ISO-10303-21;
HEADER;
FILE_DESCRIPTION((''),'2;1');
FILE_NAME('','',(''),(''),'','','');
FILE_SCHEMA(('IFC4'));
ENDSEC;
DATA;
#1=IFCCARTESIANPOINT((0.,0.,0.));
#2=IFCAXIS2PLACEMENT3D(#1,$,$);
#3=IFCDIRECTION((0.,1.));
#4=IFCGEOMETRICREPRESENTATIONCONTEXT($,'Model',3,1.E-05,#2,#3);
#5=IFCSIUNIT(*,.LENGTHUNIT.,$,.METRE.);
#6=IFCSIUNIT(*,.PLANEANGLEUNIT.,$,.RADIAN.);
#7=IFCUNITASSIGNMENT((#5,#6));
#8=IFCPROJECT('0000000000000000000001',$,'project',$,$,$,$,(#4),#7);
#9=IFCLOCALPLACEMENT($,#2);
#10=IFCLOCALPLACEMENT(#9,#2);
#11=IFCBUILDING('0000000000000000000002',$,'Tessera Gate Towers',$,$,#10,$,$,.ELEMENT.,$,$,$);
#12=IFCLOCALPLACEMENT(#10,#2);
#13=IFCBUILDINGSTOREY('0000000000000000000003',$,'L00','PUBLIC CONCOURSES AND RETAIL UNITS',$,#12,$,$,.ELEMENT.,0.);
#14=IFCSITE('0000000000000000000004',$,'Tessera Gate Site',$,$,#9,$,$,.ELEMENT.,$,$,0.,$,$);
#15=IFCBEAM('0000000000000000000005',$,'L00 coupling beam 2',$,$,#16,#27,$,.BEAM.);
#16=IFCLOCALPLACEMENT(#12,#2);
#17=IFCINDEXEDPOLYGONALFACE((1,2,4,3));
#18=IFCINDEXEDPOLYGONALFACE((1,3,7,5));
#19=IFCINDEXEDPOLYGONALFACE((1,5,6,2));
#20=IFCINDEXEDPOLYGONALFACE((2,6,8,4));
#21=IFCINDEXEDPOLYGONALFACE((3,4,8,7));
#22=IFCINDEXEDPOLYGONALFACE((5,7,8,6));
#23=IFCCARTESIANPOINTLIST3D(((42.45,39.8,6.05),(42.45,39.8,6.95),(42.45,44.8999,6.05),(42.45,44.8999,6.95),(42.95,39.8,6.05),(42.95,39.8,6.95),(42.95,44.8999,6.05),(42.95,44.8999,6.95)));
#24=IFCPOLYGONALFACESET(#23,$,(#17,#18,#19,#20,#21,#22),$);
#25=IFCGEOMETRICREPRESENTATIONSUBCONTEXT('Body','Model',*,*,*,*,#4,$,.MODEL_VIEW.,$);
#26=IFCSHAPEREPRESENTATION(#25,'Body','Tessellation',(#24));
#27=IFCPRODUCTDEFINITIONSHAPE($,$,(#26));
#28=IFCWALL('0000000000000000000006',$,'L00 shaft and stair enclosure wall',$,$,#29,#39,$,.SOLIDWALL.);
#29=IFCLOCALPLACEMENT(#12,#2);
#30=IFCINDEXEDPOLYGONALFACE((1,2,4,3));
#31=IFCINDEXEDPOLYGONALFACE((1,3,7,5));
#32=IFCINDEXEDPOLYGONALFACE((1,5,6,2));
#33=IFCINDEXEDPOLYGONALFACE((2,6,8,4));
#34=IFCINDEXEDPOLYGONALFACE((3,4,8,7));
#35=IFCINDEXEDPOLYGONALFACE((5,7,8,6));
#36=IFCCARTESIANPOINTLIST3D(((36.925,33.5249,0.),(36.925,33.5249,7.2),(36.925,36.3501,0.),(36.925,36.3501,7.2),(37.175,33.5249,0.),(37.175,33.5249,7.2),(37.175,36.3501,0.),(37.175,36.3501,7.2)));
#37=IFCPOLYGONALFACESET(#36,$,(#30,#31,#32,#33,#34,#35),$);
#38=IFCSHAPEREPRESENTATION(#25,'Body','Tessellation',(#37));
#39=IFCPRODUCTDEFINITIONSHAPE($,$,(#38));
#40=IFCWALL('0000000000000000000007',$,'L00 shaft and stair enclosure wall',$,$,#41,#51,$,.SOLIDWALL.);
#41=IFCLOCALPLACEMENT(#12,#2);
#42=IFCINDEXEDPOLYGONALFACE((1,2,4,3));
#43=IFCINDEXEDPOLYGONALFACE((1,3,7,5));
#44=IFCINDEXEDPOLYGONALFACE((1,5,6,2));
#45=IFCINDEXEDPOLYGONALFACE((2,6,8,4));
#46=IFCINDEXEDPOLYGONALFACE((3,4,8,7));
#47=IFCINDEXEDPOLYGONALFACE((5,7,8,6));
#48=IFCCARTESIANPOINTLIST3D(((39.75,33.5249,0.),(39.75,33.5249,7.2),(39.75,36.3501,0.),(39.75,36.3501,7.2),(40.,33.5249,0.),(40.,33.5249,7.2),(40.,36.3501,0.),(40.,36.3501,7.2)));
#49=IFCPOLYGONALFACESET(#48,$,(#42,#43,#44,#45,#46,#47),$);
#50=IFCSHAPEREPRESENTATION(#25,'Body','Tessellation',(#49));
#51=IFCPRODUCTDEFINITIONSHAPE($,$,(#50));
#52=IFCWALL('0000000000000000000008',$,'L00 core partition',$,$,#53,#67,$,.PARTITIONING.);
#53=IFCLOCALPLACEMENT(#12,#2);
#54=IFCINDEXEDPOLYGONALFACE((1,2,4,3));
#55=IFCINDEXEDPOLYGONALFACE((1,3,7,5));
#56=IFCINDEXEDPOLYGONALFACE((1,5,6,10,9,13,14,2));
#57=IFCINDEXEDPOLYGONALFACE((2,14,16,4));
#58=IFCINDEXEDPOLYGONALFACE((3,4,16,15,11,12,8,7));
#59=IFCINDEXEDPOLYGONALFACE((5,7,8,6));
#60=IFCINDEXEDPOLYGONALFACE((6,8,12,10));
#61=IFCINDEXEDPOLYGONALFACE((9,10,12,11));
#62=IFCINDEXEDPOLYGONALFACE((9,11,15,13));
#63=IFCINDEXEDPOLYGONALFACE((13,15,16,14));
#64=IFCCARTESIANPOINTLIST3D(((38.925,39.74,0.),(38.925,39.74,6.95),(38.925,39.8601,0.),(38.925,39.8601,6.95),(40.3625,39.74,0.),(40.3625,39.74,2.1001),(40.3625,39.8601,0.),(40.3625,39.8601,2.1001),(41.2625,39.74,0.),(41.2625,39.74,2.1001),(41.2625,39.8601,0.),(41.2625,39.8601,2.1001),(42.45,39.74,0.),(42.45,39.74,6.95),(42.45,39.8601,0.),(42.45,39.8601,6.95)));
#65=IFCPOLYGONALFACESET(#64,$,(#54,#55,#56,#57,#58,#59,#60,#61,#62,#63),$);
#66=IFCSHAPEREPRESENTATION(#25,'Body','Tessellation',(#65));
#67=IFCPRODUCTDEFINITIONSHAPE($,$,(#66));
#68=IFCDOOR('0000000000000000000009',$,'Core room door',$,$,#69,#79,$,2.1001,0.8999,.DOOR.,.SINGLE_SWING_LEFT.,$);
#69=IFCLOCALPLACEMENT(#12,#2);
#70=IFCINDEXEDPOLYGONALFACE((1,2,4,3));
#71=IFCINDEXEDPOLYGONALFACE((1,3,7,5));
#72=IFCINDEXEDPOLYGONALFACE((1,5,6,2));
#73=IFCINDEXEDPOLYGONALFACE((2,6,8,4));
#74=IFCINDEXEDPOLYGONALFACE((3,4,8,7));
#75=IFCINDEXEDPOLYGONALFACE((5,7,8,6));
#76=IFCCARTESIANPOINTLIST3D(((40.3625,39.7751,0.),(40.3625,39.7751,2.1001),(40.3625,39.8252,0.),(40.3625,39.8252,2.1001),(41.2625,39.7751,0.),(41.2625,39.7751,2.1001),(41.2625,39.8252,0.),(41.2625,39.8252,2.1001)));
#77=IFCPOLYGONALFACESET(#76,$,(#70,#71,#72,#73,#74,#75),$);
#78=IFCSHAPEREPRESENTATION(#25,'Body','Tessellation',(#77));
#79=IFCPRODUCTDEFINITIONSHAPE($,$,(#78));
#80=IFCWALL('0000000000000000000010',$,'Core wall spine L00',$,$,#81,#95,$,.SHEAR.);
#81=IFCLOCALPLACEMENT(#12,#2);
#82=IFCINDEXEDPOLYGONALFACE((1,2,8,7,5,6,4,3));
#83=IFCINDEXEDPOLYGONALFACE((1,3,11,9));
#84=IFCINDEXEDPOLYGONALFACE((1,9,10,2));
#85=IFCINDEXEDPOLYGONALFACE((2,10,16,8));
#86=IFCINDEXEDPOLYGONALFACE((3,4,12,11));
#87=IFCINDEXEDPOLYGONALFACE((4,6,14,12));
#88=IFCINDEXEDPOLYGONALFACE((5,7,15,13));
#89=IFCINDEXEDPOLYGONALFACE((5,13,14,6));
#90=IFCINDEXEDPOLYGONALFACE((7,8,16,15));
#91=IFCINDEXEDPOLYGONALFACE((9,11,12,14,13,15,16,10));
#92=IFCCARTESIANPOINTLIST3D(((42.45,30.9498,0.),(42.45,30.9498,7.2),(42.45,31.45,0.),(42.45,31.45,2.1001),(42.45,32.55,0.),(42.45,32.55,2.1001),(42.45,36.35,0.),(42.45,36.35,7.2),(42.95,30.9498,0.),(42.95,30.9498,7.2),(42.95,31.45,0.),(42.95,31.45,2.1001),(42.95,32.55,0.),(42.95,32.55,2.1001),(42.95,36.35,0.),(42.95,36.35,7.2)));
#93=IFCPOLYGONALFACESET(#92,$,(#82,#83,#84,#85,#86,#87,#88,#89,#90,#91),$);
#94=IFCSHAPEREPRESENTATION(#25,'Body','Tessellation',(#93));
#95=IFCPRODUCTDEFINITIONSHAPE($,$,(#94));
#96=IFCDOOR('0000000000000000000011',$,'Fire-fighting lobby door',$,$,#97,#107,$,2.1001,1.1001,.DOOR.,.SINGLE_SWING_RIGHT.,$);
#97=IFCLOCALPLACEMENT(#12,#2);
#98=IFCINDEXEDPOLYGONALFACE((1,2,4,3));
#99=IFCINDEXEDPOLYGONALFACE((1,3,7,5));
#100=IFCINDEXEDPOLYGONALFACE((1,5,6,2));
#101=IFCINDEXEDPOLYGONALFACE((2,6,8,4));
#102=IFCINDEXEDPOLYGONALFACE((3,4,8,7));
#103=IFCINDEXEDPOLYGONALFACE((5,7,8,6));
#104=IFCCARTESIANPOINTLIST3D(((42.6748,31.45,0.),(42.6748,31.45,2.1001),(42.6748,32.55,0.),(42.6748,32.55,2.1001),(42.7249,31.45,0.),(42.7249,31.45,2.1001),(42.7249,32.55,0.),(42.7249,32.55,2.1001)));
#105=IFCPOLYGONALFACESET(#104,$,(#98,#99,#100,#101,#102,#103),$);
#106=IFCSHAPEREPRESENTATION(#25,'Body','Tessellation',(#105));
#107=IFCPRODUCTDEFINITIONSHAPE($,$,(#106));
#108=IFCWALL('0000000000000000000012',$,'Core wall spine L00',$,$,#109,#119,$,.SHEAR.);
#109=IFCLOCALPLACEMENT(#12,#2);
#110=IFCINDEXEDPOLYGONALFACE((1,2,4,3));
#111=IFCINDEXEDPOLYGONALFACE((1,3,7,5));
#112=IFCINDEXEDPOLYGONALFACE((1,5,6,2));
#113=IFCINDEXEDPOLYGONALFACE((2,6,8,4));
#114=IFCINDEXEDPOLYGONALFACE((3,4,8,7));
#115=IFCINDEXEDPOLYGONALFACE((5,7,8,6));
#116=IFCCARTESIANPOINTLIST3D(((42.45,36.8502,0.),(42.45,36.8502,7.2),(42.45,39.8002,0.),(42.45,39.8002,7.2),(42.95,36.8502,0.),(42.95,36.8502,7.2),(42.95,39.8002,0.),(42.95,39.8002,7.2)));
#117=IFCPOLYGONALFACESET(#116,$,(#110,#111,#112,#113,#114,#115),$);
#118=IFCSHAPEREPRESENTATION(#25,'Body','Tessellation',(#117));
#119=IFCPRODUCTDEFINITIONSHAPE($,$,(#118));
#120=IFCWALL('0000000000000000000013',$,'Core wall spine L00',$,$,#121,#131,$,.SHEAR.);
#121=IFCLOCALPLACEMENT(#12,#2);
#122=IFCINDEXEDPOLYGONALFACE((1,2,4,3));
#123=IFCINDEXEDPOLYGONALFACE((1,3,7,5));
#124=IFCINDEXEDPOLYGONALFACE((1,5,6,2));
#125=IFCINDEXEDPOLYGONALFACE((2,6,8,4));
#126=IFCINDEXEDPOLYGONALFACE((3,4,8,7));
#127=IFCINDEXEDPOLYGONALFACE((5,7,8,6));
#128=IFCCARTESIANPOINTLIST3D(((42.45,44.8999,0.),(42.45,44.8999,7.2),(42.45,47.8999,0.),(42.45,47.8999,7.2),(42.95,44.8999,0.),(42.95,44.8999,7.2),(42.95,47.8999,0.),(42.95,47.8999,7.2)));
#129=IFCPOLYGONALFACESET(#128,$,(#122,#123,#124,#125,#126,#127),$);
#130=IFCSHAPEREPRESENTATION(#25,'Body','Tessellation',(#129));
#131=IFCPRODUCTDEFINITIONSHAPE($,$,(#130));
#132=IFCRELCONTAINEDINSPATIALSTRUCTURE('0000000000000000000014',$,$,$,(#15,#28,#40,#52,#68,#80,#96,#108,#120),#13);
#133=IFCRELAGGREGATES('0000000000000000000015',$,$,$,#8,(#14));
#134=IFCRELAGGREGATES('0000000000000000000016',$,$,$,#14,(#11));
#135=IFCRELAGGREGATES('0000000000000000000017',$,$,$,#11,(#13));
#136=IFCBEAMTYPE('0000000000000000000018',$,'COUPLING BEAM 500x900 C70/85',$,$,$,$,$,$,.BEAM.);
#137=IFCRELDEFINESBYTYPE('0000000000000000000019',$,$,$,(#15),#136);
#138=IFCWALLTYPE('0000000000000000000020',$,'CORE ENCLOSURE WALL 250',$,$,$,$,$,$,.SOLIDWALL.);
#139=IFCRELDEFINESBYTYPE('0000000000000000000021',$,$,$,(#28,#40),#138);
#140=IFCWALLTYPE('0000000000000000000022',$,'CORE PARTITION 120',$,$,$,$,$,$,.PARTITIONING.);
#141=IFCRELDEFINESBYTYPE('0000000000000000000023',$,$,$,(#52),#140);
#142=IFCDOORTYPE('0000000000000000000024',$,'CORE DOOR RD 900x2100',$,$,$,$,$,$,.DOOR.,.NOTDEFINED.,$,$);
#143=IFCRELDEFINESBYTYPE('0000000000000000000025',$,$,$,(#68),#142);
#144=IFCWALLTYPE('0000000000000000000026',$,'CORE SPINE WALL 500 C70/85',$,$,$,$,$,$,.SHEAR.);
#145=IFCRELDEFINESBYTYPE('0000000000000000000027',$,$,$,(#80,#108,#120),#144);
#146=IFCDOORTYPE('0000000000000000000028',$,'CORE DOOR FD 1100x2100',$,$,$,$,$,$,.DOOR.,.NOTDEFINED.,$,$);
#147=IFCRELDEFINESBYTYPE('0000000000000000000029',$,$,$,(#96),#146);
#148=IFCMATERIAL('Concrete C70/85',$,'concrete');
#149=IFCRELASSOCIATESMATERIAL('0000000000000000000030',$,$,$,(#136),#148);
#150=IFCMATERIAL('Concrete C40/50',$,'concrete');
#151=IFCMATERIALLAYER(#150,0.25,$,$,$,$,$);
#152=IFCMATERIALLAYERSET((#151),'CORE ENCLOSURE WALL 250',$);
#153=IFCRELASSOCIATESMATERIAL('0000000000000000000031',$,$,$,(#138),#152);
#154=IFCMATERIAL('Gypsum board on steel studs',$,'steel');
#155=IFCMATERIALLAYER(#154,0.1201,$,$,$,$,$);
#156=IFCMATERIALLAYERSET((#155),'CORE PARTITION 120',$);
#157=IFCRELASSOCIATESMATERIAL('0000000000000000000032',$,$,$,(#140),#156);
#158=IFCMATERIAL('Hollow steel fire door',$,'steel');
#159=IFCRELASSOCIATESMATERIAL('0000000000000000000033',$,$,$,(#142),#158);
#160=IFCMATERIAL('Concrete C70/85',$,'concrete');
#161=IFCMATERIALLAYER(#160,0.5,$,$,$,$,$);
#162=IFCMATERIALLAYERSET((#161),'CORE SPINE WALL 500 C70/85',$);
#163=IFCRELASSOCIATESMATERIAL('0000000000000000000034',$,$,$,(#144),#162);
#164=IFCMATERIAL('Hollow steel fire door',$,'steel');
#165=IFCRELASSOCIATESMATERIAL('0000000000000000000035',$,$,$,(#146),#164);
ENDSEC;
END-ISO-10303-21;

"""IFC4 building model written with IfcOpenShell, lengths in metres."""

from ifc_helpers import new_model, si_unit, direction, frame, frame_2d, origin, origin_2d, place, context, subcontext, project, spatial, rectangle, extrude, source, transform, mapped, material, layer, layer_set, material_profile, profile_set, type_object, element, fill, save


model = new_model("IFC4")

# Units and contexts
model_context = context("Model", 3, precision=1e-05, world=origin(), true_north=direction((0.0, 1.0)))
body_context = subcontext(model_context, "Body", "Model", "MODEL_VIEW")
ifc_project = project(units=[si_unit("LENGTHUNIT", "METRE"), si_unit("PLANEANGLEUNIT", "RADIAN")], contexts=[model_context])

# Site, building, storey
site_placement = place(None, origin())
site = spatial("IfcSite", under=ifc_project, at=site_placement, Name="Tessera Gate Site", CompositionType="ELEMENT", RefElevation=0.0)
building_placement = place(site_placement, origin())
building = spatial("IfcBuilding", under=site, at=building_placement, Name="Tessera Gate Towers", CompositionType="ELEMENT")
storey_placement = place(building_placement, origin())
storey = spatial("IfcBuildingStorey", under=building, at=storey_placement, Name="L00", Description="PUBLIC CONCOURSES AND RETAIL UNITS", CompositionType="ELEMENT", Elevation=0.0)

# Beam
ifc_material_1 = material(Name="Concrete C70/85", Category="concrete")
ifc_material_profile = material_profile(ifc_material_1, rectangle(XDim=0.5, YDim=0.8999, at=origin_2d()), Name="RC 500x900")
ifc_profile_set = profile_set([ifc_material_profile], Name="Concrete C70/85")
beam_type = type_object("IfcBeamType", Name="COUPLING BEAM 500x900 C70/85", PredefinedType="BEAM", material=ifc_profile_set)
beam_placement = place(storey_placement, frame((42.7, 39.8, 6.5), z_axis=(0.0, 1.0, 0.0), x_axis=(-1.0, 0.0, 0.0)))
element("IfcBeam", 1, at=beam_placement, inside=storey, type_object=beam_type, Name="L00 coupling beam 2", PredefinedType="BEAM", context=body_context, shape_type="SweptSolid", body=[
    extrude(rectangle(XDim=0.5, YDim=0.8999, at=origin_2d()), origin(), (0.0, 0.0, 1.0), 5.0999),
])

# Walls
ifc_material_2 = material(Name="Concrete C40/50", Category="concrete")
ifc_layer_1 = layer(ifc_material_2, 0.25)
ifc_layer_set_1 = layer_set([ifc_layer_1], Name="CORE ENCLOSURE WALL 250")
wall_type_1 = type_object("IfcWallType", Name="CORE ENCLOSURE WALL 250", PredefinedType="SOLIDWALL", material=ifc_layer_set_1)
for number, where, z_axis, x_axis, name in (
    (2, (37.05, 33.5249, 0.0), (0.0, 0.0, 1.0), (0.0, 1.0, 0.0), "L00 shaft and stair enclosure wall"),
    (3, (39.875, 33.5249, 0.0), (0.0, 0.0, 1.0), (0.0, 1.0, 0.0), "L00 shaft and stair enclosure wall"),
):
    element("IfcWall", number, at=place(storey_placement, frame(where, z_axis=z_axis, x_axis=x_axis)), inside=storey, type_object=wall_type_1, Name=name, PredefinedType="SOLIDWALL", context=body_context, shape_type="SweptSolid", body=[
        extrude(rectangle(XDim=2.8252, YDim=0.25, at=frame_2d((1.4126, 0.0))), origin(), (0.0, 0.0, 1.0), 7.2),
    ])

# Walls, openings, doors
ifc_material_3 = material(Name="Gypsum board on steel studs", Category="steel")
ifc_layer_2 = layer(ifc_material_3, 0.1201)
ifc_layer_set_2 = layer_set([ifc_layer_2], Name="CORE PARTITION 120")
wall_type_2 = type_object("IfcWallType", Name="CORE PARTITION 120", PredefinedType="PARTITIONING", material=ifc_layer_set_2)
wall_1_placement = place(storey_placement, frame((42.45, 39.8, 0.0), z_axis=(0.0, 0.0, 1.0), x_axis=(-1.0, 0.0, 0.0)))
wall_1 = element("IfcWall", 4, at=wall_1_placement, inside=storey, type_object=wall_type_2, Name="L00 core partition", PredefinedType="PARTITIONING", context=body_context, shape_type="SweptSolid", body=[
    extrude(rectangle(XDim=3.5249, YDim=0.1201, at=frame_2d((1.7625, 0.0))), origin(), (0.0, 0.0, 1.0), 6.95),
])
shared_shape_1 = source(origin(), body_context, "Body", "SweptSolid", [
    extrude(rectangle(XDim=0.8999, YDim=2.1001, at=frame_2d((0.45, 1.05))), frame((0.0, 0.0701, 0.0), z_axis=(0.0, -1.0, 0.0), x_axis=(1.0, 0.0, 0.0)), (0.0, 0.0, 1.0), 0.1401),
])
opening_1_placement = place(wall_1_placement, frame((1.1875, 0.0, 0.0)))
opening_1 = element("IfcOpeningElement", 5, at=opening_1_placement, cuts=wall_1, PredefinedType="OPENING", context=body_context, shape_type="MappedRepresentation", body=[
    mapped(shared_shape_1, transform((0.0, 0.0, 0.0), scale=1.0)),
])
ifc_material_4 = material(Name="Hollow steel fire door", Category="steel")
door_type_1 = type_object("IfcDoorType", Name="CORE DOOR RD 900x2100", OperationType="NOTDEFINED", PredefinedType="DOOR", material=ifc_material_4)
shared_shape_2 = source(origin(), body_context, "Body", "SweptSolid", [
    extrude(rectangle(XDim=0.8999, YDim=2.1001, at=frame_2d((0.45, 1.05))), frame((0.0, 0.0249, 0.0), z_axis=(0.0, -1.0, 0.0), x_axis=(1.0, 0.0, 0.0)), (0.0, 0.0, 1.0), 0.05),
])
door_1_placement = place(opening_1_placement, origin())
door_1 = element("IfcDoor", 6, at=door_1_placement, inside=storey, type_object=door_type_1, Name="Core room door", OperationType="SINGLE_SWING_LEFT", OverallHeight=2.1001, OverallWidth=0.8999, PredefinedType="DOOR", context=body_context, shape_type="MappedRepresentation", body=[
    mapped(shared_shape_2, transform((0.0, 0.0, 0.0), scale=1.0)),
])
fill(opening_1, door_1)
ifc_material_5 = material(Name="Concrete C70/85", Category="concrete")
ifc_layer_3 = layer(ifc_material_5, 0.5)
ifc_layer_set_3 = layer_set([ifc_layer_3], Name="CORE SPINE WALL 500 C70/85")
wall_type_3 = type_object("IfcWallType", Name="CORE SPINE WALL 500 C70/85", PredefinedType="SHEAR", material=ifc_layer_set_3)
wall_2_placement = place(storey_placement, frame((42.7, 36.3501, 0.0), z_axis=(0.0, 0.0, 1.0), x_axis=(0.0, -1.0, 0.0)))
wall_2 = element("IfcWall", 7, at=wall_2_placement, inside=storey, type_object=wall_type_3, Name="Core wall spine L00", PredefinedType="SHEAR", context=body_context, shape_type="SweptSolid", body=[
    extrude(rectangle(XDim=5.4001, YDim=0.5, at=frame_2d((2.7002, 0.0))), origin(), (0.0, 0.0, 1.0), 7.2),
])
shared_shape_3 = source(origin(), body_context, "Body", "SweptSolid", [
    extrude(rectangle(XDim=1.1001, YDim=2.1001, at=frame_2d((0.55, 1.05))), frame((0.0, 0.26, 0.0), z_axis=(0.0, -1.0, 0.0), x_axis=(1.0, 0.0, 0.0)), (0.0, 0.0, 1.0), 0.52),
])
opening_2_placement = place(wall_2_placement, frame((3.8, 0.0, 0.0)))
opening_2 = element("IfcOpeningElement", 8, at=opening_2_placement, cuts=wall_2, PredefinedType="OPENING", context=body_context, shape_type="MappedRepresentation", body=[
    mapped(shared_shape_3, transform((0.0, 0.0, 0.0), scale=1.0)),
])
ifc_material_6 = material(Name="Hollow steel fire door", Category="steel")
door_type_2 = type_object("IfcDoorType", Name="CORE DOOR FD 1100x2100", OperationType="NOTDEFINED", PredefinedType="DOOR", material=ifc_material_6)
shared_shape_4 = source(origin(), body_context, "Body", "SweptSolid", [
    extrude(rectangle(XDim=1.1001, YDim=2.1001, at=frame_2d((0.55, 1.05))), frame((0.0, 0.0249, 0.0), z_axis=(0.0, -1.0, 0.0), x_axis=(1.0, 0.0, 0.0)), (0.0, 0.0, 1.0), 0.05),
])
door_2_placement = place(opening_2_placement, origin())
door_2 = element("IfcDoor", 9, at=door_2_placement, inside=storey, type_object=door_type_2, Name="Fire-fighting lobby door", OperationType="SINGLE_SWING_RIGHT", OverallHeight=2.1001, OverallWidth=1.1001, PredefinedType="DOOR", context=body_context, shape_type="MappedRepresentation", body=[
    mapped(shared_shape_4, transform((0.0, 0.0, 0.0), scale=1.0)),
])
fill(opening_2, door_2)

# Walls
wall_3_placement = place(storey_placement, frame((42.7, 36.8501, 0.0), z_axis=(0.0, 0.0, 1.0), x_axis=(0.0, 1.0, 0.0)))
element("IfcWall", 10, at=wall_3_placement, inside=storey, type_object=wall_type_3, Name="Core wall spine L00", PredefinedType="SHEAR", context=body_context, shape_type="SweptSolid", body=[
    extrude(rectangle(XDim=2.95, YDim=0.5, at=frame_2d((1.4751, 0.0))), origin(), (0.0, 0.0, 1.0), 7.2),
])
wall_4_placement = place(storey_placement, frame((42.7, 44.8999, 0.0), z_axis=(0.0, 0.0, 1.0), x_axis=(0.0, 1.0, 0.0)))
element("IfcWall", 11, at=wall_4_placement, inside=storey, type_object=wall_type_3, Name="Core wall spine L00", PredefinedType="SHEAR", context=body_context, shape_type="SweptSolid", body=[
    extrude(rectangle(XDim=3.0, YDim=0.5, at=frame_2d((1.5, 0.0))), origin(), (0.0, 0.0, 1.0), 7.2),
])

save(model, "model.ifc")
